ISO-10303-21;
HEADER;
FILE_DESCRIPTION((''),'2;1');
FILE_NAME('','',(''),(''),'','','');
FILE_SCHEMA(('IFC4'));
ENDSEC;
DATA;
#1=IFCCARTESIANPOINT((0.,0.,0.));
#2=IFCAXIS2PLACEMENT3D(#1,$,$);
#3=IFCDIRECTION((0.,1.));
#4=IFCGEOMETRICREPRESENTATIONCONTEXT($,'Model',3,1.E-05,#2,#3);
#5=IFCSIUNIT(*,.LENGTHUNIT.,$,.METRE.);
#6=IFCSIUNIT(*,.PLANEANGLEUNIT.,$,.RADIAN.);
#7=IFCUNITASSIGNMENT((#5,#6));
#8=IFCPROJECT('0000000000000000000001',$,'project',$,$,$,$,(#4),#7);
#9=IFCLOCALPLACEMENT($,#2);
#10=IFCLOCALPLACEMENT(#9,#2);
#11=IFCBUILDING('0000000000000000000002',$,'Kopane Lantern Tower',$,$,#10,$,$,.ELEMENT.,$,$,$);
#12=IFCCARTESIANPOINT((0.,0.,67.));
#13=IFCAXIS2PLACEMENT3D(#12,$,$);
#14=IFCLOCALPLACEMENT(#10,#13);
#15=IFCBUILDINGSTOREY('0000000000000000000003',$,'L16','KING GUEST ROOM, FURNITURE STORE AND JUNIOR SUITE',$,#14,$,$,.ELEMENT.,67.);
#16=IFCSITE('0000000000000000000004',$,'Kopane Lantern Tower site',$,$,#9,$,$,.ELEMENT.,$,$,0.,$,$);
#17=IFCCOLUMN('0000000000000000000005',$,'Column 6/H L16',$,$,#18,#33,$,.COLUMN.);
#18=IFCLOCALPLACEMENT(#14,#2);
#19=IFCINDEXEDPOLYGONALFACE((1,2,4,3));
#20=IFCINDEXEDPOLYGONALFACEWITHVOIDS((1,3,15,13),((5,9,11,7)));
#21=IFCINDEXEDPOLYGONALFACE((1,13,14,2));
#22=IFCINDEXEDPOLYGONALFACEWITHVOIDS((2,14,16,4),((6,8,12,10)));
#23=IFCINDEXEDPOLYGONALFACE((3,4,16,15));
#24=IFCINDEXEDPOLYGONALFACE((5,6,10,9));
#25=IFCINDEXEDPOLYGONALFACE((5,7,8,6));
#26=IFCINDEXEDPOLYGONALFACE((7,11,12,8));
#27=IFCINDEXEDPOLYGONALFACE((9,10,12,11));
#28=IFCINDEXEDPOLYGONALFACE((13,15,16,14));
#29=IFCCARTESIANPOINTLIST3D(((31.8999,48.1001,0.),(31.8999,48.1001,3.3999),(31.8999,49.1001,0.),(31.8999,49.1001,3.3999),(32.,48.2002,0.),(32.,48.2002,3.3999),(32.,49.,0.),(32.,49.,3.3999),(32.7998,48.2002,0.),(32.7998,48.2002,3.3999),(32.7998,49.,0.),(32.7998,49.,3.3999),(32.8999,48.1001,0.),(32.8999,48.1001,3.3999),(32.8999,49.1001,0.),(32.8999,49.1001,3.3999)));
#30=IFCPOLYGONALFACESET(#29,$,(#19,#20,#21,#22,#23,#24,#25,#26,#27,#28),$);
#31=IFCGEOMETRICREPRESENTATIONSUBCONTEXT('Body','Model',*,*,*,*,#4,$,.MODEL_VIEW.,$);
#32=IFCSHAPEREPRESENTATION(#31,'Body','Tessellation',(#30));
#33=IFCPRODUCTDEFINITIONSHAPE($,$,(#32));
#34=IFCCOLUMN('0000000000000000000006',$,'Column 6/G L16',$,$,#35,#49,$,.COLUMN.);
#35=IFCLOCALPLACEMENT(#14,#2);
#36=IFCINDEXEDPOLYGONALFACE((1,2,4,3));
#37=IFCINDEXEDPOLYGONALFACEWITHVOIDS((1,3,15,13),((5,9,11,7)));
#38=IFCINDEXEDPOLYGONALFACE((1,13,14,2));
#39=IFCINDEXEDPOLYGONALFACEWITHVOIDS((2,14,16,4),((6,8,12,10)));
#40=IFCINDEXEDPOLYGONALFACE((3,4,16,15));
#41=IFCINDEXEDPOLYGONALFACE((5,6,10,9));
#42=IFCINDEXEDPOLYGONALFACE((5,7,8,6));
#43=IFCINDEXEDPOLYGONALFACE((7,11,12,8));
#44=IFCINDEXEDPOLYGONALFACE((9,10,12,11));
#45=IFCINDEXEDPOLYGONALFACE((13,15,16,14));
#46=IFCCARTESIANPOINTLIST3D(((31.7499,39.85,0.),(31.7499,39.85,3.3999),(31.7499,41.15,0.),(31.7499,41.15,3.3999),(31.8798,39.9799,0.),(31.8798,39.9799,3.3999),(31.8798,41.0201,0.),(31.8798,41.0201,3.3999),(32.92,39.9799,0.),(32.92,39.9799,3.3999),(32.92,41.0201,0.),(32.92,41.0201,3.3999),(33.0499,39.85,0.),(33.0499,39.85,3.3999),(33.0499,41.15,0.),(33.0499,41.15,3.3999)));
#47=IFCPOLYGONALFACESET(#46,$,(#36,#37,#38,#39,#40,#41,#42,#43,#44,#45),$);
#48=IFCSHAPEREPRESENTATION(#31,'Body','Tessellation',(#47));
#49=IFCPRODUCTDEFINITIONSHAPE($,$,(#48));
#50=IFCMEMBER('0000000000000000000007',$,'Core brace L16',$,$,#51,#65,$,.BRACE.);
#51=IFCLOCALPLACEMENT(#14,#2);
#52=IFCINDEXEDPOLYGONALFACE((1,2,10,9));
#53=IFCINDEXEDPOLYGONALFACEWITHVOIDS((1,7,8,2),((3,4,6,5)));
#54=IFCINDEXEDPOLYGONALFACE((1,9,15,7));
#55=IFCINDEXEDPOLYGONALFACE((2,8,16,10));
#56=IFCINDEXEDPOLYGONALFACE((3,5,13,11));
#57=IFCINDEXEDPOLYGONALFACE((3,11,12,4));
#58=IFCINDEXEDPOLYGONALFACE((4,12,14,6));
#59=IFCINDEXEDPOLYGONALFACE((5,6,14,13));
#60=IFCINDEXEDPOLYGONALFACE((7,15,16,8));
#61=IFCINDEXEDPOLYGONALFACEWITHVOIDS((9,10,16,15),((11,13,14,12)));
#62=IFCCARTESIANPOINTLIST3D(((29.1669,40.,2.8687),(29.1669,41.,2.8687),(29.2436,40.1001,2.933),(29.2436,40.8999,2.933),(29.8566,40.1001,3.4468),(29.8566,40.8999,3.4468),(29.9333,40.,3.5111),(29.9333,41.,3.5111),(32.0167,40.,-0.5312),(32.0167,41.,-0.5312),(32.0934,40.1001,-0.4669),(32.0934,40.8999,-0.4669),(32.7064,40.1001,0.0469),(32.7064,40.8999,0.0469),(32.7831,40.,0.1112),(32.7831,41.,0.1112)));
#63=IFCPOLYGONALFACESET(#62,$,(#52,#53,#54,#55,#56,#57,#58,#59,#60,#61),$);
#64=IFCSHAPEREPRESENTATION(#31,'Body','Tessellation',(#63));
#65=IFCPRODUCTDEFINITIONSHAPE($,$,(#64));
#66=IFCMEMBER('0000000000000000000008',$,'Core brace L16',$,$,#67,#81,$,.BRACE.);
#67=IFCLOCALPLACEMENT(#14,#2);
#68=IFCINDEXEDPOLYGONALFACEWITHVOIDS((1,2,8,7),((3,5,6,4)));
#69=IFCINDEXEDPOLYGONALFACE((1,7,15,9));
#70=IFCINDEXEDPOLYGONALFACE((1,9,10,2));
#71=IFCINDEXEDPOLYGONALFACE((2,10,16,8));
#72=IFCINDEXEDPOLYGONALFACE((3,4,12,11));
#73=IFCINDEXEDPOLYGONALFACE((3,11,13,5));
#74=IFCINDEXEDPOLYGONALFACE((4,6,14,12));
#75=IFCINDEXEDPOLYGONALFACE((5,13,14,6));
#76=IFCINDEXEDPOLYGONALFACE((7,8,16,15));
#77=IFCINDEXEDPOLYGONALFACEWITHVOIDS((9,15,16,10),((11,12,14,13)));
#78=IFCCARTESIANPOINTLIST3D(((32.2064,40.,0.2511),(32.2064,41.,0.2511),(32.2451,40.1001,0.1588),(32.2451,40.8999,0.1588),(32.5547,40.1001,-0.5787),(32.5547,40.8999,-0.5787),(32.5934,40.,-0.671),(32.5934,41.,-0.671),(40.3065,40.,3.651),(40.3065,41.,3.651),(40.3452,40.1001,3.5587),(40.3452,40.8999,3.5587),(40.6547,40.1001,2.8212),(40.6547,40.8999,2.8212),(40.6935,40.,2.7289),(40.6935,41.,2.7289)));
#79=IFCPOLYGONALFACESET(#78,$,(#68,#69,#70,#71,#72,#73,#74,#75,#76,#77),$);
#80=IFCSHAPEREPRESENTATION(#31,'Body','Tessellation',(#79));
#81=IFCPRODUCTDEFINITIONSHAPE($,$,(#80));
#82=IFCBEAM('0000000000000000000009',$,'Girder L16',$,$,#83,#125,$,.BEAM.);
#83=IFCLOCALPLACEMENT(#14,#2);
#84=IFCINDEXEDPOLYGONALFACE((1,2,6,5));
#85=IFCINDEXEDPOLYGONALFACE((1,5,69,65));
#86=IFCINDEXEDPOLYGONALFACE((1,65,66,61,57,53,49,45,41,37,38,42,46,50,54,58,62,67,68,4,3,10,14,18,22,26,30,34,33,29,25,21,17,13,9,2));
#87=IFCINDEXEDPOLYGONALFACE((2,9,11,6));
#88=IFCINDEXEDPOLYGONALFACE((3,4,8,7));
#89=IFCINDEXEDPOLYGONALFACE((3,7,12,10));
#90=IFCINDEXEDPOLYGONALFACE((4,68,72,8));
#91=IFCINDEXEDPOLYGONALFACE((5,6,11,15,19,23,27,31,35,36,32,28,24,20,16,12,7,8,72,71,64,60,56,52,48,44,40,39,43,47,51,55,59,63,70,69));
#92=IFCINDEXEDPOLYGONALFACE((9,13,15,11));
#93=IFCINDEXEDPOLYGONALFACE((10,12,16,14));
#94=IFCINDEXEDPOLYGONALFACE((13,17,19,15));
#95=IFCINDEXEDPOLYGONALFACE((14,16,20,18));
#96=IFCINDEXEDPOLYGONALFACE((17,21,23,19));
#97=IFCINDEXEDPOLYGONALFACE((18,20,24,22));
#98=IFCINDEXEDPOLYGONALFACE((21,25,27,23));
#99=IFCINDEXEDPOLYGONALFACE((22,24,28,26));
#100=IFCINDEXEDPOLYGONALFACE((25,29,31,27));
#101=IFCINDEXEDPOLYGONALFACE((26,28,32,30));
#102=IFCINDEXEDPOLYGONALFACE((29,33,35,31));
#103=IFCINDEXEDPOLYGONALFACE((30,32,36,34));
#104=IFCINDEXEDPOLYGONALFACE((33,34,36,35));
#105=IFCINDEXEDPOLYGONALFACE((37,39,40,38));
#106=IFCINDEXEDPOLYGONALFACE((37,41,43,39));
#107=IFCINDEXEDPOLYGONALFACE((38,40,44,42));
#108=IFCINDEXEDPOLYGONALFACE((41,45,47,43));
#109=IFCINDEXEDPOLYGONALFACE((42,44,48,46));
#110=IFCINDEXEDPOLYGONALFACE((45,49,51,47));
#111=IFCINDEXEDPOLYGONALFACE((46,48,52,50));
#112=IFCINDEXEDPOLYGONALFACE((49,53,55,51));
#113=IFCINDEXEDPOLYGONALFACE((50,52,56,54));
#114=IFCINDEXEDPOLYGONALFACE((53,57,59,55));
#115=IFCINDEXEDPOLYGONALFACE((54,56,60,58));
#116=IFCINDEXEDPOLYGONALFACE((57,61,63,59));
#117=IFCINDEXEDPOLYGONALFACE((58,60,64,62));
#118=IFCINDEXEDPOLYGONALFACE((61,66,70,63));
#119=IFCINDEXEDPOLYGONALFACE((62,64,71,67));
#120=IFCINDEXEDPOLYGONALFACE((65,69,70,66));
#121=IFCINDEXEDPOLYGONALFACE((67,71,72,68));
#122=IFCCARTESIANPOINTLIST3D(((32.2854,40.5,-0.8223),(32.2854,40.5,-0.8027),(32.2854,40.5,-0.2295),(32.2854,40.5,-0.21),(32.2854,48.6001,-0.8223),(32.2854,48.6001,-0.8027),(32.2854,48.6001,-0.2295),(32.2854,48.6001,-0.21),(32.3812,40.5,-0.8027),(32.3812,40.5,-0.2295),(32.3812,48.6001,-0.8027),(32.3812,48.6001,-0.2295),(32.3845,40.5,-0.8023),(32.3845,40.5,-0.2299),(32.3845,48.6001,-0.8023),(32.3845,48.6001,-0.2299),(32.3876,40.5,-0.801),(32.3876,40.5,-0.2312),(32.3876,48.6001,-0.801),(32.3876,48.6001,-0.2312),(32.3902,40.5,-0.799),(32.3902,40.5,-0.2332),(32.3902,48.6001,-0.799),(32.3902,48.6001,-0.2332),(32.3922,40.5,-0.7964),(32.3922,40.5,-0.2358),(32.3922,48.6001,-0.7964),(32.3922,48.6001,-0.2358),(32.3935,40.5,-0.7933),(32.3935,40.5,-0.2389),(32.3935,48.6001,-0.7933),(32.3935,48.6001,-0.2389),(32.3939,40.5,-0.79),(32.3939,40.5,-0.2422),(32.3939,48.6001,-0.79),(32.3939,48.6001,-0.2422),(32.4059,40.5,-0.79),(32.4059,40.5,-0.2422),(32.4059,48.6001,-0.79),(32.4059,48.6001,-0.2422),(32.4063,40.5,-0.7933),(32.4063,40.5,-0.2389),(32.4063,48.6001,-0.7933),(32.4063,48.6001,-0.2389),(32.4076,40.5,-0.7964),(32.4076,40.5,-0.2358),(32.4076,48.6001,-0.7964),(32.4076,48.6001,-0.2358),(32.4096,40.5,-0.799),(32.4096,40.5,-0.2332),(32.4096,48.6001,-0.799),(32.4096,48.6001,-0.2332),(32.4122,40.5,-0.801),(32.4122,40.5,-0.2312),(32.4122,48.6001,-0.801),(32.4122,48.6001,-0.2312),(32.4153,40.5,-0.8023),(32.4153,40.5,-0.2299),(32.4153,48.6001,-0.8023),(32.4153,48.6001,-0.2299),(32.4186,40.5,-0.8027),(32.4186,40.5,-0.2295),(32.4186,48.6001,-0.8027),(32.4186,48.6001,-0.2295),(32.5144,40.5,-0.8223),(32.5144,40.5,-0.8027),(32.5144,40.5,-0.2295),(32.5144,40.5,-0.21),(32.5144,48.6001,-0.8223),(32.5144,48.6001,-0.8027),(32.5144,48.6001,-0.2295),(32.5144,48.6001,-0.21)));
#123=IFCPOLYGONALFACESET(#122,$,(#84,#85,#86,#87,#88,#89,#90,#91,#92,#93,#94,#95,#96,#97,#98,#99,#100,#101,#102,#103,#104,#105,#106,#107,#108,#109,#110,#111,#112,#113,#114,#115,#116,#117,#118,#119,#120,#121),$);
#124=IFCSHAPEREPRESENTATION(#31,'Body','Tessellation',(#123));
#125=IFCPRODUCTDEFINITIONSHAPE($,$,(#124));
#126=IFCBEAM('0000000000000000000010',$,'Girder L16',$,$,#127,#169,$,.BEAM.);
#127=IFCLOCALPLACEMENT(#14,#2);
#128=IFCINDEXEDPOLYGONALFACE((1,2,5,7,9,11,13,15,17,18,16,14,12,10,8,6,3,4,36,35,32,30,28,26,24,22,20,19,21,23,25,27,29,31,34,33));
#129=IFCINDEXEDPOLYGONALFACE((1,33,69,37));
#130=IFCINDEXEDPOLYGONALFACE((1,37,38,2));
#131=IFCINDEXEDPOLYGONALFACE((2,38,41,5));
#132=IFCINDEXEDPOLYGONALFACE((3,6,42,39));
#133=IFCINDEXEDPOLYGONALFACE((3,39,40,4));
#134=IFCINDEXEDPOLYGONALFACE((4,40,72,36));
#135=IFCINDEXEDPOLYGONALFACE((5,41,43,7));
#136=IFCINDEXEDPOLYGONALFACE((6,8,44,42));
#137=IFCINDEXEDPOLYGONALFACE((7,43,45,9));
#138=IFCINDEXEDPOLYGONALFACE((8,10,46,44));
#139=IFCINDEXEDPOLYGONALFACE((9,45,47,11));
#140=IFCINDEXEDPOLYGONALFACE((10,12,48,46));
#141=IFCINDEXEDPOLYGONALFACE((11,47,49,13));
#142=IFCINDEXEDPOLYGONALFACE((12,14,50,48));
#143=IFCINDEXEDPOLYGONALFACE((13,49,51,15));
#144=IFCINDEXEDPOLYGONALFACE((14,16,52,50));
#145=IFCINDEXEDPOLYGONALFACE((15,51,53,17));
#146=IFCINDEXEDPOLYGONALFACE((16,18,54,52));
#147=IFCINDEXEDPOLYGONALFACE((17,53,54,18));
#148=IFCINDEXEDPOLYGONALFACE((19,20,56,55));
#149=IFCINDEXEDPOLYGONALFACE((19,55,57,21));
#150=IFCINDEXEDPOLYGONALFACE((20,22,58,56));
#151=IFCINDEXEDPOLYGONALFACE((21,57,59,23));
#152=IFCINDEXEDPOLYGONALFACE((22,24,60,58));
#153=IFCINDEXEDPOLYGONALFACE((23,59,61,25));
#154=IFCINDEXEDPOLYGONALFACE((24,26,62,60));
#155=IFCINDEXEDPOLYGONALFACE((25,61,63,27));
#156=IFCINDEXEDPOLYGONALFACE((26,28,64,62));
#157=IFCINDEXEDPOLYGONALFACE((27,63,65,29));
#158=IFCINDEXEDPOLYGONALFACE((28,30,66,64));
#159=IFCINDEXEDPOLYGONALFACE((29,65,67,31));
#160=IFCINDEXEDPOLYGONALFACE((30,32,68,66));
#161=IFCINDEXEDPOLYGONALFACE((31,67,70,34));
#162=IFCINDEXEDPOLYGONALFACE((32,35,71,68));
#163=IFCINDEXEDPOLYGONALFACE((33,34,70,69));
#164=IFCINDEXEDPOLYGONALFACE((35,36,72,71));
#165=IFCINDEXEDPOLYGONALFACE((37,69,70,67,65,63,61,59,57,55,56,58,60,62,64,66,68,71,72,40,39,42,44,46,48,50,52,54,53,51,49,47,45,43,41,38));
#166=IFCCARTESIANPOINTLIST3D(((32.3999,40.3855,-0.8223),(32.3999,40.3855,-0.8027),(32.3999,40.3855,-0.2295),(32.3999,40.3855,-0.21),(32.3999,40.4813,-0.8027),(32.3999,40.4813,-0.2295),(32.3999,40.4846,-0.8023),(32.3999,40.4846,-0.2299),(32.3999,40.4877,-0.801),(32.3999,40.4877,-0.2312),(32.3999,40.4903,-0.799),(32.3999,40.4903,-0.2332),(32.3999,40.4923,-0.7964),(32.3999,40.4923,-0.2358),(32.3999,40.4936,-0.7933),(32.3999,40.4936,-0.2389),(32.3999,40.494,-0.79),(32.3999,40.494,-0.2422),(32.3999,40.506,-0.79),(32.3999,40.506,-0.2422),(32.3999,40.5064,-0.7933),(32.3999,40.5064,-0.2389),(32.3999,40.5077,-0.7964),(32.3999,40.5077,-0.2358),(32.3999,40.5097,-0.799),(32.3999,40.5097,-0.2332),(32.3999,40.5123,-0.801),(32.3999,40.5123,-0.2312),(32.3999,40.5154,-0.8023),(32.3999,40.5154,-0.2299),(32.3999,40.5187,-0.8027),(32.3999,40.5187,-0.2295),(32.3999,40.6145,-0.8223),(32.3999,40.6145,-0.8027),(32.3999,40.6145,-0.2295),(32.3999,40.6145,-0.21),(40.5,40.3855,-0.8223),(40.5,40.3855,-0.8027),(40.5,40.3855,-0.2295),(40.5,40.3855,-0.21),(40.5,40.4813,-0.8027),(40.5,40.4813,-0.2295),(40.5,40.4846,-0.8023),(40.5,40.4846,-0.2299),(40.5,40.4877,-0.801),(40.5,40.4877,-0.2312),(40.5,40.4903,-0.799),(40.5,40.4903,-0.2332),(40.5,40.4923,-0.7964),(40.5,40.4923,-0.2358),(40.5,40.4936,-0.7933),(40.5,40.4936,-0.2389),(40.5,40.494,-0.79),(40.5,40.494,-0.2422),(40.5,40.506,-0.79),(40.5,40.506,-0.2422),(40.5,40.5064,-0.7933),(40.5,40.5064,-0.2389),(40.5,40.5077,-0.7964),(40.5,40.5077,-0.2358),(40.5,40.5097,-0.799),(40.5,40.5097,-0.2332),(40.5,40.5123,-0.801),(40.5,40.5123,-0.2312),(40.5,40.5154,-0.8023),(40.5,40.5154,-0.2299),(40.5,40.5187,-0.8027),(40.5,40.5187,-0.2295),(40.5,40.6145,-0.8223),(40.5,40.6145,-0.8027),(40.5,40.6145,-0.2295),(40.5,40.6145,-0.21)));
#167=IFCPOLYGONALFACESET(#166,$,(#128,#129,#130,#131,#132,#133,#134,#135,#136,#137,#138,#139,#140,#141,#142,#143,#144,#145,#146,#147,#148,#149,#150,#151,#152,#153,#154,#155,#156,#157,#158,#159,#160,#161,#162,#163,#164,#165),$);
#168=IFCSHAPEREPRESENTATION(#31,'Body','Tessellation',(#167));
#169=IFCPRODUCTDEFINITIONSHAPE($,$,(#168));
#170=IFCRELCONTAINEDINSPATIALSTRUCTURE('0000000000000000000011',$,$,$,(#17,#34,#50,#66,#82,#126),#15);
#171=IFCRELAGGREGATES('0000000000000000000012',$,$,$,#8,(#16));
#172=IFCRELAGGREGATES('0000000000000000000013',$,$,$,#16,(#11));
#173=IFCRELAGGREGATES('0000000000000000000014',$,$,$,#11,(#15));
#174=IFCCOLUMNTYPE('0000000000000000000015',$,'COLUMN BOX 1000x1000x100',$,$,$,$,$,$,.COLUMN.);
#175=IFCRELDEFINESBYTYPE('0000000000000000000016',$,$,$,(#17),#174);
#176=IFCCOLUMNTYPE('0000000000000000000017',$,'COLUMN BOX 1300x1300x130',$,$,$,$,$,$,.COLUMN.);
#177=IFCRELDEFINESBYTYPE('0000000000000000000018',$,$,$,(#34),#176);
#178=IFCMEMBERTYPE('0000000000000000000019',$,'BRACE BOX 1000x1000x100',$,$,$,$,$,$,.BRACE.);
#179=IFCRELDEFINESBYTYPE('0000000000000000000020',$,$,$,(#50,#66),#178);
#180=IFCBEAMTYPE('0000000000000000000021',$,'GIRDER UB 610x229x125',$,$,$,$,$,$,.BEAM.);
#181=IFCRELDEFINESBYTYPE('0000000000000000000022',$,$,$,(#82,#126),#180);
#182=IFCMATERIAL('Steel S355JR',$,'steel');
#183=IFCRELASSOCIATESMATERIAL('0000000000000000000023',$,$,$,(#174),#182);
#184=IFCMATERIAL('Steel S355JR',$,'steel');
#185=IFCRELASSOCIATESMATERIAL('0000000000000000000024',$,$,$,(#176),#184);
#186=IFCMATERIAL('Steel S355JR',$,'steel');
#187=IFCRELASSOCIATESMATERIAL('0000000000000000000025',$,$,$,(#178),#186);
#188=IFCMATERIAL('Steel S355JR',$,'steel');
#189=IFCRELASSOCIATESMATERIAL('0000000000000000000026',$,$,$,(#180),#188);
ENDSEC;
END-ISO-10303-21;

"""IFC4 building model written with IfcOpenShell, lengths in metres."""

from ifc_helpers import new_model, si_unit, direction, frame, origin, origin_2d, place, context, subcontext, project, spatial, hollow_rectangle, i_section, extrude, material, material_profile, profile_set, type_object, element, save


model = new_model("IFC4")

# Units and contexts
model_context = context("Model", 3, precision=1e-05, world=origin(), true_north=direction((0.0, 1.0)))
body_context = subcontext(model_context, "Body", "Model", "MODEL_VIEW")
ifc_project = project(units=[si_unit("LENGTHUNIT", "METRE"), si_unit("PLANEANGLEUNIT", "RADIAN")], contexts=[model_context])

# Site, building, storey
site_placement = place(None, origin())
site = spatial("IfcSite", under=ifc_project, at=site_placement, Name="Kopane Lantern Tower site", CompositionType="ELEMENT", RefElevation=0.0)
building_placement = place(site_placement, origin())
building = spatial("IfcBuilding", under=site, at=building_placement, Name="Kopane Lantern Tower", CompositionType="ELEMENT")
storey_placement = place(building_placement, frame((0.0, 0.0, 67.0)))
storey = spatial("IfcBuildingStorey", under=building, at=storey_placement, Name="L16", Description="KING GUEST ROOM, FURNITURE STORE AND JUNIOR SUITE", CompositionType="ELEMENT", Elevation=67.0)

# Columns
ifc_material_1 = material(Name="Steel S355JR", Category="steel")
ifc_material_profile_1 = material_profile(ifc_material_1, hollow_rectangle(XDim=1.0, YDim=1.0, WallThickness=0.1001, at=origin_2d()), Name="BOX 1000x1000x100")
ifc_profile_set_1 = profile_set([ifc_material_profile_1], Name="Steel S355JR")
column_type_1 = type_object("IfcColumnType", Name="COLUMN BOX 1000x1000x100", PredefinedType="COLUMN", material=ifc_profile_set_1)
column_1_placement = place(storey_placement, frame((32.3999, 48.6001, 0.0), z_axis=(0.0, 0.0, 1.0), x_axis=(1.0, 0.0, 0.0)))
element("IfcColumn", 1, at=column_1_placement, inside=storey, type_object=column_type_1, Name="Column 6/H L16", PredefinedType="COLUMN", context=body_context, shape_type="SweptSolid", body=[
    extrude(hollow_rectangle(XDim=1.0, YDim=1.0, WallThickness=0.1001, at=origin_2d()), origin(), (0.0, 0.0, 1.0), 3.3999),
])
ifc_material_2 = material(Name="Steel S355JR", Category="steel")
ifc_material_profile_2 = material_profile(ifc_material_2, hollow_rectangle(XDim=1.3, YDim=1.3, WallThickness=0.1299, at=origin_2d()), Name="BOX 1300x1300x130")
ifc_profile_set_2 = profile_set([ifc_material_profile_2], Name="Steel S355JR")
column_type_2 = type_object("IfcColumnType", Name="COLUMN BOX 1300x1300x130", PredefinedType="COLUMN", material=ifc_profile_set_2)
column_2_placement = place(storey_placement, frame((32.3999, 40.5, 0.0), z_axis=(0.0, 0.0, 1.0), x_axis=(1.0, 0.0, 0.0)))
element("IfcColumn", 2, at=column_2_placement, inside=storey, type_object=column_type_2, Name="Column 6/G L16", PredefinedType="COLUMN", context=body_context, shape_type="SweptSolid", body=[
    extrude(hollow_rectangle(XDim=1.3, YDim=1.3, WallThickness=0.1299, at=origin_2d()), origin(), (0.0, 0.0, 1.0), 3.3999),
])

# Members
ifc_material_3 = material(Name="Steel S355JR", Category="steel")
ifc_material_profile_3 = material_profile(ifc_material_3, hollow_rectangle(XDim=1.0, YDim=1.0, WallThickness=0.1001, at=origin_2d()), Name="BOX 1000x1000x100")
ifc_profile_set_3 = profile_set([ifc_material_profile_3], Name="Steel S355JR")
member_type = type_object("IfcMemberType", Name="BRACE BOX 1000x1000x100", PredefinedType="BRACE", material=ifc_profile_set_3)
member_1_placement = place(storey_placement, frame((32.3999, 40.5, -0.21), z_axis=(-0.64239, 0.0, 0.766378), x_axis=(0.0, -1.0, 0.0)))
element("IfcMember", 3, at=member_1_placement, inside=storey, type_object=member_type, Name="Core brace L16", PredefinedType="BRACE", context=body_context, shape_type="SweptSolid", body=[
    extrude(hollow_rectangle(XDim=1.0, YDim=1.0, WallThickness=0.1001, at=origin_2d()), origin(), (0.0, 0.0, 1.0), 4.4363),
])
member_2_placement = place(storey_placement, frame((32.3999, 40.5, -0.21), z_axis=(0.922069, 0.0, 0.387026), x_axis=(0.0, 1.0, 0.0)))
element("IfcMember", 4, at=member_2_placement, inside=storey, type_object=member_type, Name="Core brace L16", PredefinedType="BRACE", context=body_context, shape_type="SweptSolid", body=[
    extrude(hollow_rectangle(XDim=1.0, YDim=1.0, WallThickness=0.1001, at=origin_2d()), origin(), (0.0, 0.0, 1.0), 8.7847),
])

# Beams
ifc_material_4 = material(Name="Steel S355JR", Category="steel")
ifc_material_profile_4 = material_profile(ifc_material_4, i_section(OverallWidth=0.229, OverallDepth=0.6123, WebThickness=0.012, FlangeThickness=0.0195, FilletRadius=0.0127, at=origin_2d()), Name="UB 610x229x125")
ifc_profile_set_4 = profile_set([ifc_material_profile_4], Name="Steel S355JR")
beam_type = type_object("IfcBeamType", Name="GIRDER UB 610x229x125", PredefinedType="BEAM", material=ifc_profile_set_4)
for number, where, z_axis, x_axis, name in (
    (5, (32.3999, 40.5, -0.5161), (0.0, 1.0, 0.0), (-1.0, 0.0, 0.0), "Girder L16"),
    (6, (32.3999, 40.5, -0.5161), (1.0, 0.0, 0.0), (0.0, 1.0, 0.0), "Girder L16"),
):
    element("IfcBeam", number, at=place(storey_placement, frame(where, z_axis=z_axis, x_axis=x_axis)), inside=storey, type_object=beam_type, Name=name, PredefinedType="BEAM", context=body_context, shape_type="SweptSolid", body=[
        extrude(i_section(OverallWidth=0.229, OverallDepth=0.6123, WebThickness=0.012, FlangeThickness=0.0195, FilletRadius=0.0127, at=origin_2d()), origin(), (0.0, 0.0, 1.0), 8.1001),
    ])

save(model, "model.ifc")
